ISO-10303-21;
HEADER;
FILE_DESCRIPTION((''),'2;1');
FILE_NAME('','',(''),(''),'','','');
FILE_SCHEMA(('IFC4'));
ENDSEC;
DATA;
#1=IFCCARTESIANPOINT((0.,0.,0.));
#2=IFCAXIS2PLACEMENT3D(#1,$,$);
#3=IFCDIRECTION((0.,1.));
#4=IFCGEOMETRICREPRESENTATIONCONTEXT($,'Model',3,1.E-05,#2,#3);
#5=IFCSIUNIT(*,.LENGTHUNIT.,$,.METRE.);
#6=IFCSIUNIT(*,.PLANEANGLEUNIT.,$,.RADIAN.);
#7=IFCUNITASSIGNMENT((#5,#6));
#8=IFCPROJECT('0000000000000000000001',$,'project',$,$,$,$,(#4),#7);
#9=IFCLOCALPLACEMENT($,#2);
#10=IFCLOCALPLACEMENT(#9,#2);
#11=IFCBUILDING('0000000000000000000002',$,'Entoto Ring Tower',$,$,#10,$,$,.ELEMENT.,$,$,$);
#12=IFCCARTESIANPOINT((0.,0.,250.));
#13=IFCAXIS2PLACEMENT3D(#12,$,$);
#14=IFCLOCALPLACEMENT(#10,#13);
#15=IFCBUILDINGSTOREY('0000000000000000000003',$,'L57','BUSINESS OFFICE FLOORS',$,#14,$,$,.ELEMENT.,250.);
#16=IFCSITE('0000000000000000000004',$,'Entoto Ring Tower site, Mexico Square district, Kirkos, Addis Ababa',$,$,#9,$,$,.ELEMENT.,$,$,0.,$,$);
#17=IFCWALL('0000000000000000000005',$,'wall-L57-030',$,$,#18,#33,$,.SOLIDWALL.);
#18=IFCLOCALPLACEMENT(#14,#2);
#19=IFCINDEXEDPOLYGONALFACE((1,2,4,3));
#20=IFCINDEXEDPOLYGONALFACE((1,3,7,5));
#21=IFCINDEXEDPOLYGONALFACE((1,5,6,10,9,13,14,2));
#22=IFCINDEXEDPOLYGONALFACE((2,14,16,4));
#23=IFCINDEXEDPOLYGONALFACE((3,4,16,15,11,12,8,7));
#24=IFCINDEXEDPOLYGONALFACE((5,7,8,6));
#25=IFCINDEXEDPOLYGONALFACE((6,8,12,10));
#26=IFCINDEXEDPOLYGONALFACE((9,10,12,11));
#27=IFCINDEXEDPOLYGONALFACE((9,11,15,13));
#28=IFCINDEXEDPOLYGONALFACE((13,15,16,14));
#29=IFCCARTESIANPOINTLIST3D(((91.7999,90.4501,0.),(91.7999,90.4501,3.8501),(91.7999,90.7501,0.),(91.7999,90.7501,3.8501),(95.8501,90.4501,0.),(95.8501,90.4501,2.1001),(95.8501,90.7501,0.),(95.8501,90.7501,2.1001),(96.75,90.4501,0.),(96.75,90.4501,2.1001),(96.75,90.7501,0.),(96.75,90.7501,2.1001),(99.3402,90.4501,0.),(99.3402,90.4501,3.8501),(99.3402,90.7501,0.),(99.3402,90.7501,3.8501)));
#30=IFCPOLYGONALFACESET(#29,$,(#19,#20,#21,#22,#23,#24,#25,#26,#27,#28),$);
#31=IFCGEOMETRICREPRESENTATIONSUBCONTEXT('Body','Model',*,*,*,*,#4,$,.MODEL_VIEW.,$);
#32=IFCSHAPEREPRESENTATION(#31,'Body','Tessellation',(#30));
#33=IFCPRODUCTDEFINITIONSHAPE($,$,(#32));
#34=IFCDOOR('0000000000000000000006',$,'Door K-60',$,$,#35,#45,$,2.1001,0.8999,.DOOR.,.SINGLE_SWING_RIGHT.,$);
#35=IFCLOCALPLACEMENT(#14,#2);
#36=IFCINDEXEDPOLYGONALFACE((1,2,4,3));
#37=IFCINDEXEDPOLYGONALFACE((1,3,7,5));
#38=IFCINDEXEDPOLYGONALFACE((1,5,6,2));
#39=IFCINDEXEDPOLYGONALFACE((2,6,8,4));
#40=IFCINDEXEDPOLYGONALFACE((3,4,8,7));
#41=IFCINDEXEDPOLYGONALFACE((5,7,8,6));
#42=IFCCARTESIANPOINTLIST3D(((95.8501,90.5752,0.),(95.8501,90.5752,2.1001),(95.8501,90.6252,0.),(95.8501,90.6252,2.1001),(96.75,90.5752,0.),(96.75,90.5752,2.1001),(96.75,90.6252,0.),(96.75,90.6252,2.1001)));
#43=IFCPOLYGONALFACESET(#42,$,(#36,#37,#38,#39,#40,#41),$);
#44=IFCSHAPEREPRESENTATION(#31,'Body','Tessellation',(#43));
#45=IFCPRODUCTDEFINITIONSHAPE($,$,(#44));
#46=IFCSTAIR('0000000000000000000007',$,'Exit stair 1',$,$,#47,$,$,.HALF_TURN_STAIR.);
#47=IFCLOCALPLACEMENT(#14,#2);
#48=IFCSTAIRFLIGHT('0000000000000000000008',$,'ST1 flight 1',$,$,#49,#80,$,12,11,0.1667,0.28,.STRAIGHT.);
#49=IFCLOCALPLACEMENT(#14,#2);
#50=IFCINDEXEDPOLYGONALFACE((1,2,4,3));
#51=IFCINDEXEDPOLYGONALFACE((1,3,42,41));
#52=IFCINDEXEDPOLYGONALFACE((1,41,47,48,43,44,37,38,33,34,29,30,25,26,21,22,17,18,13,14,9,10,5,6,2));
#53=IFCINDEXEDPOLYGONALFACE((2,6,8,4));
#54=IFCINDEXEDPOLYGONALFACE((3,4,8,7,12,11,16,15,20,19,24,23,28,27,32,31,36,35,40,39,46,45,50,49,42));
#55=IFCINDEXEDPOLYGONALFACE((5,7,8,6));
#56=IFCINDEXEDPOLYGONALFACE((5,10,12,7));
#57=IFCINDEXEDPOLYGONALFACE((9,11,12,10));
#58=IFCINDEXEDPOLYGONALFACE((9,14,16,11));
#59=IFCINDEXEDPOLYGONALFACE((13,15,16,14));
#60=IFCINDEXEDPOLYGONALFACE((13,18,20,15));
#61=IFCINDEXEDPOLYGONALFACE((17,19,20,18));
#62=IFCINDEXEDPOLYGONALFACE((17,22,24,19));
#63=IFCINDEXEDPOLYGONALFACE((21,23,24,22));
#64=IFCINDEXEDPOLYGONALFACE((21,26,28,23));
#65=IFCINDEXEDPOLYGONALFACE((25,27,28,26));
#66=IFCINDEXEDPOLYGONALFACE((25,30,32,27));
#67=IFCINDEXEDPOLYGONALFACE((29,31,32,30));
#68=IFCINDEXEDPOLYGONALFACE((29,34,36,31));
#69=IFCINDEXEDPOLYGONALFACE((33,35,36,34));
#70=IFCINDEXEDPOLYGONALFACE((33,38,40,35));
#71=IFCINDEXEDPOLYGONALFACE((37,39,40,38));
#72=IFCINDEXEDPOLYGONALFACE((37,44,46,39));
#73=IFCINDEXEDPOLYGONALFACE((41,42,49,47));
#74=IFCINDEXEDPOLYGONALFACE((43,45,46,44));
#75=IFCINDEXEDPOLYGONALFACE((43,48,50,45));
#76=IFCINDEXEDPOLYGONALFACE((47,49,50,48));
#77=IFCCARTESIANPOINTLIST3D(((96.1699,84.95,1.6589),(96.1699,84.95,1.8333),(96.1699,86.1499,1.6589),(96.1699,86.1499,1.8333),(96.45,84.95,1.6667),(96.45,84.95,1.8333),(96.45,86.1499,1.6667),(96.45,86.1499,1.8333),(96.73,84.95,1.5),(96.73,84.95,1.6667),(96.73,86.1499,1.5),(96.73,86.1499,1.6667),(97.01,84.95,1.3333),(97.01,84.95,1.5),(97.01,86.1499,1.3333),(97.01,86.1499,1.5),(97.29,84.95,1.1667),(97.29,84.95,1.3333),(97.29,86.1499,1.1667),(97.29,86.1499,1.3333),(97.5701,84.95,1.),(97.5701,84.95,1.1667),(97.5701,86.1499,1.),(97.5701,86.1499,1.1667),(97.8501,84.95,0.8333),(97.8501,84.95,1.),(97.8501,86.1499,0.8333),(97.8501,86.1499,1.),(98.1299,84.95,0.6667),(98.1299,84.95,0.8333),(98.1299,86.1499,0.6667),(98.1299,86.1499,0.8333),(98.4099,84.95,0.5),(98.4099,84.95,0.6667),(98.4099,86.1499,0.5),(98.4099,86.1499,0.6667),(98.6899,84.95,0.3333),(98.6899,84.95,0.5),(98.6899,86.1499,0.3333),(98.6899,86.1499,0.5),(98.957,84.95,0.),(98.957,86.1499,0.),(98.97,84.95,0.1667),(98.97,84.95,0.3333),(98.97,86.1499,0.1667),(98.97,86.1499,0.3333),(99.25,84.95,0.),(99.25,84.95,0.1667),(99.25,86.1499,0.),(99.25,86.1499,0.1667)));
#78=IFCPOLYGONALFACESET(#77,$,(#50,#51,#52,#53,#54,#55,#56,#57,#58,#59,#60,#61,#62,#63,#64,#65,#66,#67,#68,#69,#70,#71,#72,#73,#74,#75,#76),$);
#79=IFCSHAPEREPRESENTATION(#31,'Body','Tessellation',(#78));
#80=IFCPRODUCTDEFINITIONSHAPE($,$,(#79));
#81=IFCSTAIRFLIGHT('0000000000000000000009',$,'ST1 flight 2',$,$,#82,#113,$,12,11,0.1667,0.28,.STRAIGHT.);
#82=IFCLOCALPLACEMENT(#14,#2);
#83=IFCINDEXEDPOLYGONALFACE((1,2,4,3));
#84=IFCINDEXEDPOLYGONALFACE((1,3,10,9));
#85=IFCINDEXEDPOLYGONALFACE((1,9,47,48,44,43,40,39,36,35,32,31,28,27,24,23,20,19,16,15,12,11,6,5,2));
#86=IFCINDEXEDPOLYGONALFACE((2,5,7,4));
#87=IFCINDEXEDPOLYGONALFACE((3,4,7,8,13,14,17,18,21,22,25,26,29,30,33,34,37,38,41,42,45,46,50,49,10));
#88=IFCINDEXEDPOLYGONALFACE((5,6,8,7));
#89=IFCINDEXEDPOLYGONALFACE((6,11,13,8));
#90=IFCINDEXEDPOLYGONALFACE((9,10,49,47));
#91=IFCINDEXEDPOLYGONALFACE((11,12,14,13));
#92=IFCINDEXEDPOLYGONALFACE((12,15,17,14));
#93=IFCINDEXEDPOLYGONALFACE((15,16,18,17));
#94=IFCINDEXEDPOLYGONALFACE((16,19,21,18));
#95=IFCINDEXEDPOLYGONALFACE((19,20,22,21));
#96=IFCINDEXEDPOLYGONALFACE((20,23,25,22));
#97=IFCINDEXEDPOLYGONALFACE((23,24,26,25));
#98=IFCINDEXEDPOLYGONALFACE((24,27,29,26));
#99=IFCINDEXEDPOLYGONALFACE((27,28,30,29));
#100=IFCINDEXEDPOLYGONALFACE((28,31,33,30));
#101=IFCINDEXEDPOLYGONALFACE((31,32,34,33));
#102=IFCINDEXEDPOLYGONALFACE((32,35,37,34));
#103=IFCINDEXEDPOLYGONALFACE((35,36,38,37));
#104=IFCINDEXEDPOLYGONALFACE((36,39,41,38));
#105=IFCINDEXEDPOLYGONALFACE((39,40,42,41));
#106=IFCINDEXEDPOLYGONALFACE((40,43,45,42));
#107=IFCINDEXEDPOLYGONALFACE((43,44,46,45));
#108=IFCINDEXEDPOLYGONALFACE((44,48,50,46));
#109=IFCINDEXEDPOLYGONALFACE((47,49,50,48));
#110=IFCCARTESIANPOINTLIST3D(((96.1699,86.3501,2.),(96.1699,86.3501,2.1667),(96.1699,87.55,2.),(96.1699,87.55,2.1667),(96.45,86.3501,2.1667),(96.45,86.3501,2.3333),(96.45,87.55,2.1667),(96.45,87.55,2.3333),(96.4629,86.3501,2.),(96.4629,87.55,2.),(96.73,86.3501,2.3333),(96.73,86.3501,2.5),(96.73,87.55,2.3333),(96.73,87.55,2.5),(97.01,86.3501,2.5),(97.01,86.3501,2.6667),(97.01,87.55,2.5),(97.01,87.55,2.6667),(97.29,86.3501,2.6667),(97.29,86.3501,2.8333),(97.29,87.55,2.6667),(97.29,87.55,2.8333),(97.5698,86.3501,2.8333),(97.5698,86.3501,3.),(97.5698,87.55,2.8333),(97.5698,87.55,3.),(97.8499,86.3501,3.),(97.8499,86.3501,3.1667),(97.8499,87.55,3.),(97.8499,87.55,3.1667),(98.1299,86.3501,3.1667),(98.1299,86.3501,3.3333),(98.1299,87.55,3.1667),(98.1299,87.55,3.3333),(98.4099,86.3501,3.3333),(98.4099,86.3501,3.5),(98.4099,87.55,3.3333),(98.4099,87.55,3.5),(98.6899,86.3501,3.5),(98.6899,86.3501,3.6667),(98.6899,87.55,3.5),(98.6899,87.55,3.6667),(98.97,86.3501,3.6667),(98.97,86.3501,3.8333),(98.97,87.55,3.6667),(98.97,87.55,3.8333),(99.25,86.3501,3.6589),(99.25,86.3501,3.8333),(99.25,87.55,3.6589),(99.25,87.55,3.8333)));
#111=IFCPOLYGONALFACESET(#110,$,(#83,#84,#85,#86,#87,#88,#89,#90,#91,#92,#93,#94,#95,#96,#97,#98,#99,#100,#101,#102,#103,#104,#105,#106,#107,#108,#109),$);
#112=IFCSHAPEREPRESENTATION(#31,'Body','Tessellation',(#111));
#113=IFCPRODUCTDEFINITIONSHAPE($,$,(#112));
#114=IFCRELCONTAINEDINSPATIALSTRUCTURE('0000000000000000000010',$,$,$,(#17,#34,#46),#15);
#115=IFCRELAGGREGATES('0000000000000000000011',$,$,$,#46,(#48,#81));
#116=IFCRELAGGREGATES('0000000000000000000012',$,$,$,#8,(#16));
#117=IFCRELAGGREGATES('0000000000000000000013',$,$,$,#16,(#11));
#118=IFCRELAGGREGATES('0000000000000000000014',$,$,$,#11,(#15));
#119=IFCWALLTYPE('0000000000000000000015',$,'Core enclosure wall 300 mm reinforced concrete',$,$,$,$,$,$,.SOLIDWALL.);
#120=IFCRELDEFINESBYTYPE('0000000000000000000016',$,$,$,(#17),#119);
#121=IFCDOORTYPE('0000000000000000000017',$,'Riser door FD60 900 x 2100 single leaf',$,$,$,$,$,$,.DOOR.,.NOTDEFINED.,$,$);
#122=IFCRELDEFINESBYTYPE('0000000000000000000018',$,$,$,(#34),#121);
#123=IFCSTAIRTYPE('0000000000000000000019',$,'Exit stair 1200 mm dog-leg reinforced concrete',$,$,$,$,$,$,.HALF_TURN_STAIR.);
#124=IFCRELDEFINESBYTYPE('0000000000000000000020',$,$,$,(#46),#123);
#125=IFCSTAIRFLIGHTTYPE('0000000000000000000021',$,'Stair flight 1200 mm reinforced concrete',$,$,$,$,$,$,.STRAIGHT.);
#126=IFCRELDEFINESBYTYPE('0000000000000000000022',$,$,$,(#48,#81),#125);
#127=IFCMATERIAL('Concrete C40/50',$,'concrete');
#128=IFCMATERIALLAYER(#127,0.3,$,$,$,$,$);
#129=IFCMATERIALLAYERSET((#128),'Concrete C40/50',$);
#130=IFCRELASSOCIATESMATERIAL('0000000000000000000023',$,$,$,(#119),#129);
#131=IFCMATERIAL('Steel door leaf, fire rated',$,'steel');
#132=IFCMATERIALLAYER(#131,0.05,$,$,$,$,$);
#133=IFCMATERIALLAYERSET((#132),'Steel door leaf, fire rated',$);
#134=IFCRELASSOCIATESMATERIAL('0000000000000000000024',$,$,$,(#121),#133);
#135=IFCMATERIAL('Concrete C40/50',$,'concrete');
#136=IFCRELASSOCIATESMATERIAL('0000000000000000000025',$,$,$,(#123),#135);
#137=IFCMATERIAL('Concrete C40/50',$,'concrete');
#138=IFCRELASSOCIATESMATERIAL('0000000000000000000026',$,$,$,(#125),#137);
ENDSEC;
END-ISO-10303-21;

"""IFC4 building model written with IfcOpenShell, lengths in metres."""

from ifc_helpers import new_model, si_unit, direction, frame, frame_2d, origin, place, context, subcontext, project, spatial, polyline, rectangle, outline, extrude, material, layer, layer_set, type_object, element, fill, aggregate, save


model = new_model("IFC4")

# Units and contexts
model_context = context("Model", 3, precision=1e-05, world=origin(), true_north=direction((0.0, 1.0)))
body_context = subcontext(model_context, "Body", "Model", "MODEL_VIEW")
ifc_project = project(units=[si_unit("LENGTHUNIT", "METRE"), si_unit("PLANEANGLEUNIT", "RADIAN")], contexts=[model_context])

# Site, building, storey
site_placement = place(None, origin())
site = spatial("IfcSite", under=ifc_project, at=site_placement, Name="Entoto Ring Tower site, Mexico Square district, Kirkos, Addis Ababa", CompositionType="ELEMENT", RefElevation=0.0)
building_placement = place(site_placement, origin())
building = spatial("IfcBuilding", under=site, at=building_placement, Name="Entoto Ring Tower", CompositionType="ELEMENT")
storey_placement = place(building_placement, frame((0.0, 0.0, 250.0)))
storey = spatial("IfcBuildingStorey", under=building, at=storey_placement, Name="L57", Description="BUSINESS OFFICE FLOORS", CompositionType="ELEMENT", Elevation=250.0)

# Shared definitions
ifc_material_1 = material(Name="Concrete C40/50", Category="concrete")
ifc_layer_1 = layer(ifc_material_1, 0.3)
ifc_layer_set_1 = layer_set([ifc_layer_1], Name="Concrete C40/50")
wall_type = type_object("IfcWallType", Name="Core enclosure wall 300 mm reinforced concrete", PredefinedType="SOLIDWALL", material=ifc_layer_set_1)

# Wall, opening, door
wall_1_placement = place(storey_placement, frame((91.8, 90.6001, 0.0), z_axis=(0.0, 0.0, 1.0), x_axis=(1.0, 0.0, 0.0)))
wall_1 = element("IfcWall", 1, at=wall_1_placement, inside=storey, type_object=wall_type, Name="wall-L57-030", PredefinedType="SOLIDWALL", context=body_context, shape_type="SweptSolid", body=[
    extrude(rectangle(XDim=7.5403, YDim=0.3, at=frame_2d((3.77, 0.0))), origin(), (0.0, 0.0, 1.0), 3.8501),
])
opening_1_placement = place(wall_1_placement, frame((4.05, 0.0, 0.0)))
opening_1 = element("IfcOpeningElement", 2, at=opening_1_placement, cuts=wall_1, PredefinedType="OPENING", context=body_context, shape_type="SweptSolid", body=[
    extrude(rectangle(XDim=0.8999, YDim=2.1001, at=frame_2d((0.45, 1.05))), frame((0.0, 0.1602, 0.0), z_axis=(0.0, -1.0, 0.0), x_axis=(1.0, 0.0, 0.0)), (0.0, 0.0, 1.0), 0.3201),
])
ifc_material_2 = material(Name="Steel door leaf, fire rated", Category="steel")
ifc_layer_2 = layer(ifc_material_2, 0.05)
ifc_layer_set_2 = layer_set([ifc_layer_2], Name="Steel door leaf, fire rated")
door_type_1 = type_object("IfcDoorType", Name="Riser door FD60 900 x 2100 single leaf", OperationType="NOTDEFINED", PredefinedType="DOOR", material=ifc_layer_set_2)
door_1_placement = place(opening_1_placement, frame((0.8999, 0.0, 0.0), z_axis=(0.0, 0.0, 1.0), x_axis=(-1.0, 0.0, 0.0)))
door_1 = element("IfcDoor", 3, at=door_1_placement, inside=storey, type_object=door_type_1, Name="Door K-60", OperationType="SINGLE_SWING_RIGHT", OverallHeight=2.1001, OverallWidth=0.8999, PredefinedType="DOOR", context=body_context, shape_type="SweptSolid", body=[
    extrude(rectangle(XDim=0.8999, YDim=2.1001, at=frame_2d((0.45, 1.05))), frame((0.0, 0.0249, 0.0), z_axis=(0.0, -1.0, 0.0), x_axis=(1.0, 0.0, 0.0)), (0.0, 0.0, 1.0), 0.05),
])
fill(opening_1, door_1)

# Stair, stair flights
ifc_material_3 = material(Name="Concrete C40/50", Category="concrete")
stair_type = type_object("IfcStairType", Name="Exit stair 1200 mm dog-leg reinforced concrete", PredefinedType="HALF_TURN_STAIR", material=ifc_material_3)
stair_placement = place(storey_placement, origin())
stair = element("IfcStair", 4, at=stair_placement, inside=storey, type_object=stair_type, Name="Exit stair 1", PredefinedType="HALF_TURN_STAIR")
ifc_material_4 = material(Name="Concrete C40/50", Category="concrete")
stair_flight_type = type_object("IfcStairFlightType", Name="Stair flight 1200 mm reinforced concrete", PredefinedType="STRAIGHT", material=ifc_material_4)
stair_flight_1_placement = place(storey_placement, frame((99.25, 85.55, 0.0), z_axis=(0.0, 0.0, 1.0), x_axis=(-1.0, 0.0, 0.0)))
stair_flight_1 = element("IfcStairFlight", 5, at=stair_flight_1_placement, type_object=stair_flight_type, Name="ST1 flight 1", NumberOfRisers=12, NumberOfTreads=11, PredefinedType="STRAIGHT", RiserHeight=0.1667, TreadLength=0.28, context=body_context, shape_type="SweptSolid", body=[
    extrude(outline(polyline([(0.0, 0.0), (0.0, 0.1667), (0.28, 0.1667), (0.28, 0.3333), (0.5601, 0.3333), (0.5601, 0.5), (0.8401, 0.5), (0.8401, 0.6667), (1.1201, 0.6667), (1.1201, 0.8333), (1.3999, 0.8333), (1.3999, 1.0), (1.6799, 1.0), (1.6799, 1.1667), (1.96, 1.1667), (1.96, 1.3333), (2.24, 1.3333), (2.24, 1.5), (2.52, 1.5), (2.52, 1.6667), (2.8, 1.6667), (2.8, 1.8333), (3.0801, 1.8333), (3.0801, 2.0), (3.0801, 1.6589), (0.293, 0.0), (0.0, 0.0)])), frame((0.0, 0.6001, 0.0), z_axis=(0.0, -1.0, 0.0), x_axis=(1.0, 0.0, 0.0)), (0.0, 0.0, 1.0), 1.2),
])
stair_flight_2_placement = place(storey_placement, frame((96.1699, 86.95, 2.0), z_axis=(0.0, 0.0, 1.0), x_axis=(1.0, 0.0, 0.0)))
stair_flight_2 = element("IfcStairFlight", 6, at=stair_flight_2_placement, type_object=stair_flight_type, Name="ST1 flight 2", NumberOfRisers=12, NumberOfTreads=11, PredefinedType="STRAIGHT", RiserHeight=0.1667, TreadLength=0.28, context=body_context, shape_type="SweptSolid", body=[
    extrude(outline(polyline([(0.0, 0.0), (0.0, 0.1667), (0.28, 0.1667), (0.28, 0.3333), (0.5601, 0.3333), (0.5601, 0.5), (0.8401, 0.5), (0.8401, 0.6667), (1.1201, 0.6667), (1.1201, 0.8333), (1.3999, 0.8333), (1.3999, 1.0), (1.6799, 1.0), (1.6799, 1.1667), (1.96, 1.1667), (1.96, 1.3333), (2.24, 1.3333), (2.24, 1.5), (2.52, 1.5), (2.52, 1.6667), (2.8, 1.6667), (2.8, 1.8333), (3.0801, 1.8333), (3.0801, 2.0), (3.0801, 1.6589), (0.293, 0.0), (0.0, 0.0)])), frame((0.0, 0.6001, 0.0), z_axis=(0.0, -1.0, 0.0), x_axis=(1.0, 0.0, 0.0)), (0.0, 0.0, 1.0), 1.2),
])
aggregate(stair, [stair_flight_1, stair_flight_2])

save(model, "model.ifc")
